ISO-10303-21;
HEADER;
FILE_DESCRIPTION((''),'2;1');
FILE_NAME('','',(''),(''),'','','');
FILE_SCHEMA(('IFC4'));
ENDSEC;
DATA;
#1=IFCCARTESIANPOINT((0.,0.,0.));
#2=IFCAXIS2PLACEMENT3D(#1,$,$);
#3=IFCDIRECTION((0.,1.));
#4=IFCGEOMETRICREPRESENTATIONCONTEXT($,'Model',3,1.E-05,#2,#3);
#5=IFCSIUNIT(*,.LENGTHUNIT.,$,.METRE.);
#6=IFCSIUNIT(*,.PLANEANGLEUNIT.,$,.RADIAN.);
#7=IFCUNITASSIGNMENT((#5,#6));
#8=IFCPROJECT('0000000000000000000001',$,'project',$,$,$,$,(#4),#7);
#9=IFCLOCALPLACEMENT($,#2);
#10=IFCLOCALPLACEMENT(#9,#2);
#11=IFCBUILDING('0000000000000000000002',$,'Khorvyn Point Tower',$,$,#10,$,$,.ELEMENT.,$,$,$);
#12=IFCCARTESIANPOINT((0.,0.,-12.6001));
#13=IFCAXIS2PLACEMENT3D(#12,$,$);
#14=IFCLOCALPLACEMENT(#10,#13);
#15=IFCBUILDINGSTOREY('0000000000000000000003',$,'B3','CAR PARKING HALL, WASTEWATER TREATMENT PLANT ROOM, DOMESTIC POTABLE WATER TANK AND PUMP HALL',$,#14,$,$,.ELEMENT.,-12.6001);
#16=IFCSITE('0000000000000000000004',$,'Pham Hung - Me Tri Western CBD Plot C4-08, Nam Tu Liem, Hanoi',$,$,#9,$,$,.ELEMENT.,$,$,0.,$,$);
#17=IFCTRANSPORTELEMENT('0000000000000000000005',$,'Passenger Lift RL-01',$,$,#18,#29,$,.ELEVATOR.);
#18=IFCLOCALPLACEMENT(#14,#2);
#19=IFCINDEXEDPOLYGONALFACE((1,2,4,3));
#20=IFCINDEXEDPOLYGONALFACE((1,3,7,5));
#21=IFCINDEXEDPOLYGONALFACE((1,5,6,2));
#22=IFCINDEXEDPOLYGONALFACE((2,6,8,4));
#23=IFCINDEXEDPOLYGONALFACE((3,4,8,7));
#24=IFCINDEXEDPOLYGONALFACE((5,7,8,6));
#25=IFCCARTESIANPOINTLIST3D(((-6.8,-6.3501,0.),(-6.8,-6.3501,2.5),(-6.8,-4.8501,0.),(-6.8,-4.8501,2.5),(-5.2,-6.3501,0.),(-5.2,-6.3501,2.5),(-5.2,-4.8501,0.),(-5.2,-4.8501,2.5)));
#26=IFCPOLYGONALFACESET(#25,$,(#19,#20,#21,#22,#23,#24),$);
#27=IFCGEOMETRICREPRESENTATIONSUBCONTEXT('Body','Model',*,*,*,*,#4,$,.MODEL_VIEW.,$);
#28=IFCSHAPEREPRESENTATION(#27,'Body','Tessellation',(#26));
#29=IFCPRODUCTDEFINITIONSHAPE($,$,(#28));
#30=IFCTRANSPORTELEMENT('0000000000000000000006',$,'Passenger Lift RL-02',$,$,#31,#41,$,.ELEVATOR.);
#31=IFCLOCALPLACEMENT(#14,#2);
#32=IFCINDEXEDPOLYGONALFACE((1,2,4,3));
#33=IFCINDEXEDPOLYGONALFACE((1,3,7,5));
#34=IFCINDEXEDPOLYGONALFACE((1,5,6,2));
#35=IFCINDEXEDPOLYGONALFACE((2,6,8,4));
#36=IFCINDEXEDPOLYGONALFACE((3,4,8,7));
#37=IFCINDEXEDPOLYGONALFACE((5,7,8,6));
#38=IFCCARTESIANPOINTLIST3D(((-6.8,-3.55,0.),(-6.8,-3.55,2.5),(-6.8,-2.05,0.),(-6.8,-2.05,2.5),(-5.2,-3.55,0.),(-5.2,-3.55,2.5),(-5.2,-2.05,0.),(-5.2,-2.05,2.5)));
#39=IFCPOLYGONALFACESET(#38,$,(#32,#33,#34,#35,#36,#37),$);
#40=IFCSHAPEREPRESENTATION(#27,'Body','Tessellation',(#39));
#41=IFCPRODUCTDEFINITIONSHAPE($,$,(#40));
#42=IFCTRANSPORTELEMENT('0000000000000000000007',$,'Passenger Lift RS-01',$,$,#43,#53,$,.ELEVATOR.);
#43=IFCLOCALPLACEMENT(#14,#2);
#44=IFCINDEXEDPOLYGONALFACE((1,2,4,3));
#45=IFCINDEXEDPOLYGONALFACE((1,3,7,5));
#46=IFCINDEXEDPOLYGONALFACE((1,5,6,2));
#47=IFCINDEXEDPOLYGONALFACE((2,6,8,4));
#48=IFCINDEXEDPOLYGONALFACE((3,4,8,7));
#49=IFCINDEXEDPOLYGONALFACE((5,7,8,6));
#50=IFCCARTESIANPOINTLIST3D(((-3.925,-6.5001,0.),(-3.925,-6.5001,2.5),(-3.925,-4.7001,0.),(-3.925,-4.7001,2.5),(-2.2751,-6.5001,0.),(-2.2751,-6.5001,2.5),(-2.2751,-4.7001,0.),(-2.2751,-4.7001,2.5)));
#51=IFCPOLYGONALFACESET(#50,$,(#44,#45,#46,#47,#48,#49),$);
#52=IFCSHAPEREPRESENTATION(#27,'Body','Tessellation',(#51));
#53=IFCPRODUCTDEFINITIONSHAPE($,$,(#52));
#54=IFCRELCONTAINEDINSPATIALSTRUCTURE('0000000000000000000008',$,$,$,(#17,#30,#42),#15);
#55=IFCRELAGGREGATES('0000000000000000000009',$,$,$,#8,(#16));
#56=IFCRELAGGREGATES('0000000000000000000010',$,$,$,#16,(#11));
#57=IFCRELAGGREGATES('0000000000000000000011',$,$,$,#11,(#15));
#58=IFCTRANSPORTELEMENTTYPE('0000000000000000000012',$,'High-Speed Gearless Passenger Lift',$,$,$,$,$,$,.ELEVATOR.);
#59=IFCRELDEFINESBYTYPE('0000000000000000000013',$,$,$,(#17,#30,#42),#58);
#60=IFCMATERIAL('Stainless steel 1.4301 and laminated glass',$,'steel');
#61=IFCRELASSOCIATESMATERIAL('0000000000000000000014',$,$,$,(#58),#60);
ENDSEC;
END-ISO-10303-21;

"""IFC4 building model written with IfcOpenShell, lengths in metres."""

from ifc_helpers import new_model, si_unit, direction, frame, origin, origin_2d, place, context, subcontext, project, spatial, rectangle, extrude, material, type_object, element, save


model = new_model("IFC4")

# Units and contexts
model_context = context("Model", 3, precision=1e-05, world=origin(), true_north=direction((0.0, 1.0)))
body_context = subcontext(model_context, "Body", "Model", "MODEL_VIEW")
ifc_project = project(units=[si_unit("LENGTHUNIT", "METRE"), si_unit("PLANEANGLEUNIT", "RADIAN")], contexts=[model_context])

# Site, building, storey
site_placement = place(None, origin())
site = spatial("IfcSite", under=ifc_project, at=site_placement, Name="Pham Hung - Me Tri Western CBD Plot C4-08, Nam Tu Liem, Hanoi", CompositionType="ELEMENT", RefElevation=0.0)
building_placement = place(site_placement, origin())
building = spatial("IfcBuilding", under=site, at=building_placement, Name="Khorvyn Point Tower", CompositionType="ELEMENT")
storey_placement = place(building_placement, frame((0.0, 0.0, -12.6001)))
storey = spatial("IfcBuildingStorey", under=building, at=storey_placement, Name="B3", Description="CAR PARKING HALL, WASTEWATER TREATMENT PLANT ROOM, DOMESTIC POTABLE WATER TANK AND PUMP HALL", CompositionType="ELEMENT", Elevation=-12.6001)

# Transport elements
ifc_material_1 = material(Name="Stainless steel 1.4301 and laminated glass", Category="steel")
transport_element_type = type_object("IfcTransportElementType", Name="High-Speed Gearless Passenger Lift", PredefinedType="ELEVATOR", material=ifc_material_1)
for number, where, z_axis, x_axis, name in (
    (1, (-6.0, -5.6001, 0.0), (0.0, 0.0, 1.0), (1.0, 0.0, 0.0), "Passenger Lift RL-01"),
    (2, (-6.0, -2.8, 0.0), (0.0, 0.0, 1.0), (1.0, 0.0, 0.0), "Passenger Lift RL-02"),
):
    element("IfcTransportElement", number, at=place(storey_placement, frame(where, z_axis=z_axis, x_axis=x_axis)), inside=storey, type_object=transport_element_type, Name=name, PredefinedType="ELEVATOR", context=body_context, shape_type="SweptSolid", body=[
        extrude(rectangle(XDim=1.6001, YDim=1.5, at=origin_2d()), origin(), (0.0, 0.0, 1.0), 2.5),
    ])
transport_element_placement = place(storey_placement, frame((-3.1001, -5.6001, 0.0), z_axis=(0.0, 0.0, 1.0), x_axis=(1.0, 0.0, 0.0)))
element("IfcTransportElement", 3, at=transport_element_placement, inside=storey, type_object=transport_element_type, Name="Passenger Lift RS-01", PredefinedType="ELEVATOR", context=body_context, shape_type="SweptSolid", body=[
    extrude(rectangle(XDim=1.6499, YDim=1.8, at=origin_2d()), origin(), (0.0, 0.0, 1.0), 2.5),
])

save(model, "model.ifc")
